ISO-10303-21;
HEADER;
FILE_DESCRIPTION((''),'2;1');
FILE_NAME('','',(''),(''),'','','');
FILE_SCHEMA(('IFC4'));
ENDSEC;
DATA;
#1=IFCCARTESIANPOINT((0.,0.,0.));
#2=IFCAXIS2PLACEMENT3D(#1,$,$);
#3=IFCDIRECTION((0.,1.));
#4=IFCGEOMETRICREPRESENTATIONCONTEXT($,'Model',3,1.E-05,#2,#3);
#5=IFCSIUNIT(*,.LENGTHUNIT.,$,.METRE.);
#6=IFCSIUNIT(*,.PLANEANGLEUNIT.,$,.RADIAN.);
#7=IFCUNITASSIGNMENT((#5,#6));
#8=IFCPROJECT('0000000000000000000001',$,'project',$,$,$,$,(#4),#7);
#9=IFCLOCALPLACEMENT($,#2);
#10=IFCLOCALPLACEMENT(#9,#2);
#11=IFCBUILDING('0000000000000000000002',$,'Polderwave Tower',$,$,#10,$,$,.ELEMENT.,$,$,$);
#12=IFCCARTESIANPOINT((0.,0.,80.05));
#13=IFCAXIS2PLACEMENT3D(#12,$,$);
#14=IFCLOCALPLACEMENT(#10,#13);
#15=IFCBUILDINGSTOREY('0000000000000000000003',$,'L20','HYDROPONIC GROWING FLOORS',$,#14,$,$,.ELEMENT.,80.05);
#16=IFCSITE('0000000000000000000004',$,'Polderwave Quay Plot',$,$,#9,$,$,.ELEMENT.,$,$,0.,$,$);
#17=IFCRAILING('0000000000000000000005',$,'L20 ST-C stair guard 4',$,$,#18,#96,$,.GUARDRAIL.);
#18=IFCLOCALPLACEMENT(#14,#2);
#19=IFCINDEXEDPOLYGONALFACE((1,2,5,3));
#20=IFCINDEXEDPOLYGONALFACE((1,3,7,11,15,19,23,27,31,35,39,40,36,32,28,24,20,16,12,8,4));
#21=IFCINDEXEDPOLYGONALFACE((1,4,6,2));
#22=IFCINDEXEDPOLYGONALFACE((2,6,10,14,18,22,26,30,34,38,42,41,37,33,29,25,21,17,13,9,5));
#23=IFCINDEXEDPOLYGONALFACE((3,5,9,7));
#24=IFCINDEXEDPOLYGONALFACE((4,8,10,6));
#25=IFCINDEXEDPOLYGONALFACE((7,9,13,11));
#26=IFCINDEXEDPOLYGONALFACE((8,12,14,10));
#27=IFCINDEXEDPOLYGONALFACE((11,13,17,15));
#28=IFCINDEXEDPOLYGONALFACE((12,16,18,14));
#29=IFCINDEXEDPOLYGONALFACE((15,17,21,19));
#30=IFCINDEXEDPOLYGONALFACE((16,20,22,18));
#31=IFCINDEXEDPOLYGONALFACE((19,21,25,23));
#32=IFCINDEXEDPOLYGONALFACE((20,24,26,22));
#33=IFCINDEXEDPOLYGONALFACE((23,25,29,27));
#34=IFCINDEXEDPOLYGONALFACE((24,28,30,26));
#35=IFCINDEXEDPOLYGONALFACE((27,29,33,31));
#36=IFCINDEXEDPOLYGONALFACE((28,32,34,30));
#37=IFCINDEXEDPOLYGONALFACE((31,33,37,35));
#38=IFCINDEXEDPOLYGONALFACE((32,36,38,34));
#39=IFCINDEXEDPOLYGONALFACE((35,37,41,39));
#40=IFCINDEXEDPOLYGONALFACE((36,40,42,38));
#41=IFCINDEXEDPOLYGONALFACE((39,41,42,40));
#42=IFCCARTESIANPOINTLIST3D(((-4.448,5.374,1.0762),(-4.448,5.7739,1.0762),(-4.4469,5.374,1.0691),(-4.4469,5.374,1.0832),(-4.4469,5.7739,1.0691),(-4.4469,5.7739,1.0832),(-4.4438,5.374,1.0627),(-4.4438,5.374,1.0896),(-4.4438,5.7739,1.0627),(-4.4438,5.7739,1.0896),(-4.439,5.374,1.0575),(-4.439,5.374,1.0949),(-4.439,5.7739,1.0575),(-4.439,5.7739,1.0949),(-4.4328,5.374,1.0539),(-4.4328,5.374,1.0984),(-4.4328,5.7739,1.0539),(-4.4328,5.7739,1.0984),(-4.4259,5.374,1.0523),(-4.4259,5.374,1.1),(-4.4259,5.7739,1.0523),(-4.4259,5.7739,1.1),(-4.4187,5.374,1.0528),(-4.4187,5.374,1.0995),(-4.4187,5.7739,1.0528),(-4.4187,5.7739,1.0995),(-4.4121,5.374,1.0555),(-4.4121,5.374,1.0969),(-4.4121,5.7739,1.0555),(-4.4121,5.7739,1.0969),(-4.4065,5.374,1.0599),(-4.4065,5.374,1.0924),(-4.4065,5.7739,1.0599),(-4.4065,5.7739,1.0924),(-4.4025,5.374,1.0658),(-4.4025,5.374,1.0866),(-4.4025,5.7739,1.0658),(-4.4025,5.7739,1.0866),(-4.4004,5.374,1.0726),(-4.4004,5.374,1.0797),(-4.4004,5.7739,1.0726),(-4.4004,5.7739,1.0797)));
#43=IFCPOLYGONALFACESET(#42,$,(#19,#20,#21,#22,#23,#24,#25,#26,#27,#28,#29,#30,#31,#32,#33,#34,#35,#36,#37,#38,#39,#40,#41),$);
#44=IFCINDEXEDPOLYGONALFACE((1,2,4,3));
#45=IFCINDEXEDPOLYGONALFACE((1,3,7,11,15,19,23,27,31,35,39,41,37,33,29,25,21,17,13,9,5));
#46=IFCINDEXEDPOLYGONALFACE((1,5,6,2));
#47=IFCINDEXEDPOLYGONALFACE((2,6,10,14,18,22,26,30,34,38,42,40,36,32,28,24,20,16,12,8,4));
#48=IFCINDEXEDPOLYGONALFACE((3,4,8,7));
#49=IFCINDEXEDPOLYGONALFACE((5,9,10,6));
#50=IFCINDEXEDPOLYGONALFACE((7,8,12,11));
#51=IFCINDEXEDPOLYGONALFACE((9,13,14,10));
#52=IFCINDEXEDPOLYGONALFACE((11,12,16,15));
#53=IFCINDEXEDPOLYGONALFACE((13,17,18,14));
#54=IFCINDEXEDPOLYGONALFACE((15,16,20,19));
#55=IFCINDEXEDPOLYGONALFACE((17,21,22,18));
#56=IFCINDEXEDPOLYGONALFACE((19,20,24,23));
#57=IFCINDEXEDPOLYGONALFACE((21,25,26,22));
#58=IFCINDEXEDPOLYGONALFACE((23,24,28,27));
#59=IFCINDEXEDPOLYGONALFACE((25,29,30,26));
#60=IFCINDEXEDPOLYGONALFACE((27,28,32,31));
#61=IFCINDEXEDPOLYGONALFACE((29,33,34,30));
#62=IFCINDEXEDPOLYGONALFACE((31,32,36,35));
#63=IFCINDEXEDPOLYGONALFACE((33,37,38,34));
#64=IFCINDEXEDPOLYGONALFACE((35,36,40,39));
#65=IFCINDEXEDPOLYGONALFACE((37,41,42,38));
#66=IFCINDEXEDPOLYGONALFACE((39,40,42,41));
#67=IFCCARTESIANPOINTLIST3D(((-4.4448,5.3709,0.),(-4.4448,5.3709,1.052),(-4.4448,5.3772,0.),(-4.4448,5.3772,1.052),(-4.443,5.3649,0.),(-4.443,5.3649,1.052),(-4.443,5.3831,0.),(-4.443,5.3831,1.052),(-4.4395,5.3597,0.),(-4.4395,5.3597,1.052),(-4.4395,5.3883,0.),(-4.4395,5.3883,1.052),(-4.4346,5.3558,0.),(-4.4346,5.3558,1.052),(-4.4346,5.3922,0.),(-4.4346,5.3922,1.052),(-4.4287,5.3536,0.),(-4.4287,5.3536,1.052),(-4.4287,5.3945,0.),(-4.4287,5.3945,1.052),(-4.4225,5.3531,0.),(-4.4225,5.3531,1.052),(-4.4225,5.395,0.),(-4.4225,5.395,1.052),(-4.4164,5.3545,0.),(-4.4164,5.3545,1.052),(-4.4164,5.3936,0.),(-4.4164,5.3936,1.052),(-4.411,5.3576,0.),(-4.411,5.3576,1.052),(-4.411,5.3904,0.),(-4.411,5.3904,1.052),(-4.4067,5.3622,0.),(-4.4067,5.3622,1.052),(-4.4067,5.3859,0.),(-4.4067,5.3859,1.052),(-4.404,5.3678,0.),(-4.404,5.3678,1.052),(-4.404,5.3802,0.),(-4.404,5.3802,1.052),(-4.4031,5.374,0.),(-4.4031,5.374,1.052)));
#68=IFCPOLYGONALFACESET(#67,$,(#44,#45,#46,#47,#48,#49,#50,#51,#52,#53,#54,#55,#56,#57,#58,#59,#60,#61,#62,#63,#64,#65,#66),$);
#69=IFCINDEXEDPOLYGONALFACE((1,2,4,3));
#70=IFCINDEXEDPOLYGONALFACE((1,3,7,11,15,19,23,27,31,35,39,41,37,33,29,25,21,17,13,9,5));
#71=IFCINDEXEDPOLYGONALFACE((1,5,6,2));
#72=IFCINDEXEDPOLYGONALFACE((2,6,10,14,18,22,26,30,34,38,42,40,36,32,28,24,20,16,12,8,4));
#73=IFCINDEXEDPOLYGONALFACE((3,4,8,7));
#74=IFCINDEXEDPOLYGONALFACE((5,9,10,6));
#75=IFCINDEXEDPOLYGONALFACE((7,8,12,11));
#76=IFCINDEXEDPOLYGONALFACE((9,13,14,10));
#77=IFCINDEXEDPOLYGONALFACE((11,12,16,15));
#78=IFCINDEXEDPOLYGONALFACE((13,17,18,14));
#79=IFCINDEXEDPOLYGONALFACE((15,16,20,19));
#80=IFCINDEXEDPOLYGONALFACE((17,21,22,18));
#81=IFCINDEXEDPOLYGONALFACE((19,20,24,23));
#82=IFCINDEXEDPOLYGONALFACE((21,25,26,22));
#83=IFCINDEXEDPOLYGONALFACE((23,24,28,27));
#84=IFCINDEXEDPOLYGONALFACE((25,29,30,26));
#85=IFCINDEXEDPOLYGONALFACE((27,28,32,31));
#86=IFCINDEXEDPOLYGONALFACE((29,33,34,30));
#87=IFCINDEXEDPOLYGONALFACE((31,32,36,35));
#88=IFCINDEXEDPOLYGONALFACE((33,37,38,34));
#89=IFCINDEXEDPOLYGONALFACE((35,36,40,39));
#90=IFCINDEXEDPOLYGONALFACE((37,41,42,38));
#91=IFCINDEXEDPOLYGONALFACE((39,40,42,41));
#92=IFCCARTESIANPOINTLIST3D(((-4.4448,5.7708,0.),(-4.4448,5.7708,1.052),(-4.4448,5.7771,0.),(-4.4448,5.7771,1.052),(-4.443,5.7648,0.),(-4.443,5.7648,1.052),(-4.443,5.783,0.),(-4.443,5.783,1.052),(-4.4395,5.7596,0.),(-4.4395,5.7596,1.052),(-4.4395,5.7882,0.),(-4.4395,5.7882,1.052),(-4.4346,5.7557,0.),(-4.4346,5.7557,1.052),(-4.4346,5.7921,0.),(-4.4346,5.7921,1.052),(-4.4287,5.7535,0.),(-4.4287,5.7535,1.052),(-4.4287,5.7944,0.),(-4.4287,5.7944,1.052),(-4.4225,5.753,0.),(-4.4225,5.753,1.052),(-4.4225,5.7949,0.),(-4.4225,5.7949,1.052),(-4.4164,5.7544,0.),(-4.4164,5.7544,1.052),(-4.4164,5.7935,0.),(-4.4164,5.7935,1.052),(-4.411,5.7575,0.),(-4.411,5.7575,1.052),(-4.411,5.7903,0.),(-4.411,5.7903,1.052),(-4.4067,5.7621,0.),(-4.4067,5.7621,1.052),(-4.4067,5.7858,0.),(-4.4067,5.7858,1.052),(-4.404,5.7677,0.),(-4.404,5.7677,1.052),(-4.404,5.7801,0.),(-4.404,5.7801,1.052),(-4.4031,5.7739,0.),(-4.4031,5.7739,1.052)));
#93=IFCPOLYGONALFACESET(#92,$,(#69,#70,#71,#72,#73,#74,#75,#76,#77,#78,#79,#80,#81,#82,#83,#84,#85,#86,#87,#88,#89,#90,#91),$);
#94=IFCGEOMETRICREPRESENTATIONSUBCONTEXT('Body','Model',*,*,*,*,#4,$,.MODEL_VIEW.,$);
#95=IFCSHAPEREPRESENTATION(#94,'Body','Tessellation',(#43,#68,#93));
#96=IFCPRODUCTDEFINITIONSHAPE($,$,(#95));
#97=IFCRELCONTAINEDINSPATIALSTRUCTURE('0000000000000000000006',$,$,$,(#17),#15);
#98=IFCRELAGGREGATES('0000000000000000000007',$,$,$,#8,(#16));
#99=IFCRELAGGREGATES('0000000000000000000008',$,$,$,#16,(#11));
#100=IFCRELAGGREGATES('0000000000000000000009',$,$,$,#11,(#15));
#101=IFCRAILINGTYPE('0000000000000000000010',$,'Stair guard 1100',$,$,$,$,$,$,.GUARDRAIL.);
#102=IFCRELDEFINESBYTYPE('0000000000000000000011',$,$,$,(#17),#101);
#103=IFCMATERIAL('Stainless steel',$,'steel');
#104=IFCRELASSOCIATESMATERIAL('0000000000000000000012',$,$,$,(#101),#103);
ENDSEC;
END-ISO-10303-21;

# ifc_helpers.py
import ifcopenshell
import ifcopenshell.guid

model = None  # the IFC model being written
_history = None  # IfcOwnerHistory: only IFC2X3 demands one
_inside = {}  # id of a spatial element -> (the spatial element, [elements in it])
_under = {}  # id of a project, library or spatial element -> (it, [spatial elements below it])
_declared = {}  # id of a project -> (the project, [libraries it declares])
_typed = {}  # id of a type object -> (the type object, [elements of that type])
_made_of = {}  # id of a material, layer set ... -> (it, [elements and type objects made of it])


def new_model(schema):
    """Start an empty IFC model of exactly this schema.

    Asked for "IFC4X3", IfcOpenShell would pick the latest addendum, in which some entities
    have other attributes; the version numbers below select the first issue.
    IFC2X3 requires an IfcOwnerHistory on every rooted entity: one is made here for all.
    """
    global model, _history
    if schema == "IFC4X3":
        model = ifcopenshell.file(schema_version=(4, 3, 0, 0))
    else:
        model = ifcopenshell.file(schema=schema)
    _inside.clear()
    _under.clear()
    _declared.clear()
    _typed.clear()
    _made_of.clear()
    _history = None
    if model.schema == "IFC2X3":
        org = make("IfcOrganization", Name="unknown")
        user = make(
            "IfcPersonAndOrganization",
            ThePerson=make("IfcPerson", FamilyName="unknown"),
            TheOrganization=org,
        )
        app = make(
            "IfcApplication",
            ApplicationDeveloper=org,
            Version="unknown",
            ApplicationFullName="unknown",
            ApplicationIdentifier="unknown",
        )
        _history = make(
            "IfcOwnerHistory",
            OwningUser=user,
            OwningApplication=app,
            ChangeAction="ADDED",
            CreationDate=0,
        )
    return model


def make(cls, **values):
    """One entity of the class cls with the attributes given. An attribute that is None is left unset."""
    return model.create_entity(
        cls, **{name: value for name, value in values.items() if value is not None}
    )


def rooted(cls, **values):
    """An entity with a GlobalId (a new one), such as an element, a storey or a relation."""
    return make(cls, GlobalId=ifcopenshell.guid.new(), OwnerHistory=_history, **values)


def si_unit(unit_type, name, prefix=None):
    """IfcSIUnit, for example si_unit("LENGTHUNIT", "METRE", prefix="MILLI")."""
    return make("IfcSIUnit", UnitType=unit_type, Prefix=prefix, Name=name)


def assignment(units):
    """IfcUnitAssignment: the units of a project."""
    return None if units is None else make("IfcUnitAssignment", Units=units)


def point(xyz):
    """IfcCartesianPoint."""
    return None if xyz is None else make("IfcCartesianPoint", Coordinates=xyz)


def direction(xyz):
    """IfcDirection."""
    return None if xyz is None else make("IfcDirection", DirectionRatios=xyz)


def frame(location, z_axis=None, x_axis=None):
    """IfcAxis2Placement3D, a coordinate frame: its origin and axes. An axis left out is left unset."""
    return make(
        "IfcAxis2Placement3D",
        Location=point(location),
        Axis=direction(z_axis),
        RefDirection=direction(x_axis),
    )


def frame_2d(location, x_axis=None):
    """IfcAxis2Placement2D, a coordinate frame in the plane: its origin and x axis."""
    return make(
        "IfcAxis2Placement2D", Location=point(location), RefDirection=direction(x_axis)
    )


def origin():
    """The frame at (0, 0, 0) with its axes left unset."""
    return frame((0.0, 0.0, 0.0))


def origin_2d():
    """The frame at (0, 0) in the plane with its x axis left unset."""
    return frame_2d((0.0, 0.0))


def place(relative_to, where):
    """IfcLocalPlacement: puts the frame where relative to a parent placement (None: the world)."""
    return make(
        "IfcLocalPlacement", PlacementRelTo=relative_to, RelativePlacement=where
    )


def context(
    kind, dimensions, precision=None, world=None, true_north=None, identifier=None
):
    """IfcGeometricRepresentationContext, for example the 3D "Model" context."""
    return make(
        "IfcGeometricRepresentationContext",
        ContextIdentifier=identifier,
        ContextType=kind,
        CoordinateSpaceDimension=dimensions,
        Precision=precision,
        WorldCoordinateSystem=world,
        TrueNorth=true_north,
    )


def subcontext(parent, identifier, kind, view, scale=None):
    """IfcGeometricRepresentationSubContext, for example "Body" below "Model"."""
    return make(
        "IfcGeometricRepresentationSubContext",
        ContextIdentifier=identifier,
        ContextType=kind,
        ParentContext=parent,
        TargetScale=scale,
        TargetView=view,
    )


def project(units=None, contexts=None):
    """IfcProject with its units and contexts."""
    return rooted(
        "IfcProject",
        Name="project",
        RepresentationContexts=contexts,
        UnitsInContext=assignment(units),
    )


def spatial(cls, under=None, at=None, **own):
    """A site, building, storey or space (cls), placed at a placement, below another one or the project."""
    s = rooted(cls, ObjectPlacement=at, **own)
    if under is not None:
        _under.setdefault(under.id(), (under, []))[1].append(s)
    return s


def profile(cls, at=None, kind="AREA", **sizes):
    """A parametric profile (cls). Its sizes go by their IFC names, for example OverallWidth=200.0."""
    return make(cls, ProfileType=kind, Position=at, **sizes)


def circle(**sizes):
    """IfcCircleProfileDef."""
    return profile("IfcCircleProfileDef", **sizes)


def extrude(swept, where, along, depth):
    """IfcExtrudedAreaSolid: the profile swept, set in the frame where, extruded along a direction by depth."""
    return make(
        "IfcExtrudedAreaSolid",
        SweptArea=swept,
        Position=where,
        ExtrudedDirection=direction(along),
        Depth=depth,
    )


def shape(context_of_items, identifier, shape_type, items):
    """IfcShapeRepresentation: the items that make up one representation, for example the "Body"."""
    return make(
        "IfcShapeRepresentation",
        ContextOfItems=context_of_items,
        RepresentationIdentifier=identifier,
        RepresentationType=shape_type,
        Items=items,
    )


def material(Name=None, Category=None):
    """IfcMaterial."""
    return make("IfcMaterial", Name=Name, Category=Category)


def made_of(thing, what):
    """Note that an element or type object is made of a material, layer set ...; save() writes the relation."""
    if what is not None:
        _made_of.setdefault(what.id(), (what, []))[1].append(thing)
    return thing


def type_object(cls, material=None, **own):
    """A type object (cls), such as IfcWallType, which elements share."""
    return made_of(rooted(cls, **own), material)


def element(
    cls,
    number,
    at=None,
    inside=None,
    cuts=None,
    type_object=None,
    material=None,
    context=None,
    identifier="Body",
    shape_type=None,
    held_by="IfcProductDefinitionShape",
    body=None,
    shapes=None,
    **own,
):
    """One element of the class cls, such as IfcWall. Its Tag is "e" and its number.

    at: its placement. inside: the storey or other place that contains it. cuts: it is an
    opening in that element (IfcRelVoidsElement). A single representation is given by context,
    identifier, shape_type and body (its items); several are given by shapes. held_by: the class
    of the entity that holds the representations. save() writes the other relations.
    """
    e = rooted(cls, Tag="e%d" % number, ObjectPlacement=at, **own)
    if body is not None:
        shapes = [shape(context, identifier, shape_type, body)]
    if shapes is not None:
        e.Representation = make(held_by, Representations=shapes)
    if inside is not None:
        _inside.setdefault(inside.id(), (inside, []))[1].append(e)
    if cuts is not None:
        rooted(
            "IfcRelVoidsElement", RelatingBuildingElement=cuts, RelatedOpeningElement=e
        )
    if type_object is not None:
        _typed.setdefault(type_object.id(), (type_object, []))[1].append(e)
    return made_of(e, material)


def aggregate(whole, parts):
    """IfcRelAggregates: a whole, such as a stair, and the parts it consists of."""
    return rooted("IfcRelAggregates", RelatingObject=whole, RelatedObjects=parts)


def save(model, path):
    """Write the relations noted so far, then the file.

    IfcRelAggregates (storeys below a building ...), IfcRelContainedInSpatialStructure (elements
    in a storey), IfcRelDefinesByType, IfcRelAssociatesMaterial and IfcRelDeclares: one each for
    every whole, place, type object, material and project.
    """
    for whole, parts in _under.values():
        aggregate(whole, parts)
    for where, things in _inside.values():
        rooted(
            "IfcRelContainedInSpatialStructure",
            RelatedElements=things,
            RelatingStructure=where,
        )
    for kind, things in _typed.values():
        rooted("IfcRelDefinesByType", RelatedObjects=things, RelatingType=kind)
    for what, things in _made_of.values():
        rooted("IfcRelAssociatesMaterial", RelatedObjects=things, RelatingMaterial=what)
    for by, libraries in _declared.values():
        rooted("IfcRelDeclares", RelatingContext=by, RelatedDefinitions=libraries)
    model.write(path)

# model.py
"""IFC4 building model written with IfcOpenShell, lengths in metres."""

from ifc_helpers import new_model, si_unit, direction, frame, origin, origin_2d, place, context, subcontext, project, spatial, circle, extrude, material, type_object, element, save


model = new_model("IFC4")

# Units and contexts
model_context = context("Model", 3, precision=1e-05, world=origin(), true_north=direction((0.0, 1.0)))
body_context = subcontext(model_context, "Body", "Model", "MODEL_VIEW")
ifc_project = project(units=[si_unit("LENGTHUNIT", "METRE"), si_unit("PLANEANGLEUNIT", "RADIAN")], contexts=[model_context])

# Site, building, storey
site_placement = place(None, origin())
site = spatial("IfcSite", under=ifc_project, at=site_placement, Name="Polderwave Quay Plot", CompositionType="ELEMENT", RefElevation=0.0)
building_placement = place(site_placement, origin())
building = spatial("IfcBuilding", under=site, at=building_placement, Name="Polderwave Tower", CompositionType="ELEMENT")
storey_placement = place(building_placement, frame((0.0, 0.0, 80.05)))
storey = spatial("IfcBuildingStorey", under=building, at=storey_placement, Name="L20", Description="HYDROPONIC GROWING FLOORS", CompositionType="ELEMENT", Elevation=80.05)

# Railing
ifc_material_1 = material(Name="Stainless steel", Category="steel")
railing_type_1 = type_object("IfcRailingType", Name="Stair guard 1100", PredefinedType="GUARDRAIL", material=ifc_material_1)
railing_1_placement = place(storey_placement, frame((-4.4241, 5.374, 0.0)))
element("IfcRailing", 1, at=railing_1_placement, inside=storey, type_object=railing_type_1, Name="L20 ST-C stair guard 4", PredefinedType="GUARDRAIL", context=body_context, shape_type="SweptSolid", body=[
    extrude(circle(Radius=0.0239, at=origin_2d()), frame((0.0, 0.0, 1.0762), z_axis=(0.0, 1.0, 0.0), x_axis=(-1.0, 0.0, 0.0)), (0.0, 0.0, 1.0), 0.3999),
    extrude(circle(Radius=0.021, at=origin_2d()), origin(), (0.0, 0.0, 1.0), 1.052),
    extrude(circle(Radius=0.021, at=origin_2d()), frame((0.0, 0.3999, 0.0)), (0.0, 0.0, 1.0), 1.052),
])

save(model, "model.ifc")
